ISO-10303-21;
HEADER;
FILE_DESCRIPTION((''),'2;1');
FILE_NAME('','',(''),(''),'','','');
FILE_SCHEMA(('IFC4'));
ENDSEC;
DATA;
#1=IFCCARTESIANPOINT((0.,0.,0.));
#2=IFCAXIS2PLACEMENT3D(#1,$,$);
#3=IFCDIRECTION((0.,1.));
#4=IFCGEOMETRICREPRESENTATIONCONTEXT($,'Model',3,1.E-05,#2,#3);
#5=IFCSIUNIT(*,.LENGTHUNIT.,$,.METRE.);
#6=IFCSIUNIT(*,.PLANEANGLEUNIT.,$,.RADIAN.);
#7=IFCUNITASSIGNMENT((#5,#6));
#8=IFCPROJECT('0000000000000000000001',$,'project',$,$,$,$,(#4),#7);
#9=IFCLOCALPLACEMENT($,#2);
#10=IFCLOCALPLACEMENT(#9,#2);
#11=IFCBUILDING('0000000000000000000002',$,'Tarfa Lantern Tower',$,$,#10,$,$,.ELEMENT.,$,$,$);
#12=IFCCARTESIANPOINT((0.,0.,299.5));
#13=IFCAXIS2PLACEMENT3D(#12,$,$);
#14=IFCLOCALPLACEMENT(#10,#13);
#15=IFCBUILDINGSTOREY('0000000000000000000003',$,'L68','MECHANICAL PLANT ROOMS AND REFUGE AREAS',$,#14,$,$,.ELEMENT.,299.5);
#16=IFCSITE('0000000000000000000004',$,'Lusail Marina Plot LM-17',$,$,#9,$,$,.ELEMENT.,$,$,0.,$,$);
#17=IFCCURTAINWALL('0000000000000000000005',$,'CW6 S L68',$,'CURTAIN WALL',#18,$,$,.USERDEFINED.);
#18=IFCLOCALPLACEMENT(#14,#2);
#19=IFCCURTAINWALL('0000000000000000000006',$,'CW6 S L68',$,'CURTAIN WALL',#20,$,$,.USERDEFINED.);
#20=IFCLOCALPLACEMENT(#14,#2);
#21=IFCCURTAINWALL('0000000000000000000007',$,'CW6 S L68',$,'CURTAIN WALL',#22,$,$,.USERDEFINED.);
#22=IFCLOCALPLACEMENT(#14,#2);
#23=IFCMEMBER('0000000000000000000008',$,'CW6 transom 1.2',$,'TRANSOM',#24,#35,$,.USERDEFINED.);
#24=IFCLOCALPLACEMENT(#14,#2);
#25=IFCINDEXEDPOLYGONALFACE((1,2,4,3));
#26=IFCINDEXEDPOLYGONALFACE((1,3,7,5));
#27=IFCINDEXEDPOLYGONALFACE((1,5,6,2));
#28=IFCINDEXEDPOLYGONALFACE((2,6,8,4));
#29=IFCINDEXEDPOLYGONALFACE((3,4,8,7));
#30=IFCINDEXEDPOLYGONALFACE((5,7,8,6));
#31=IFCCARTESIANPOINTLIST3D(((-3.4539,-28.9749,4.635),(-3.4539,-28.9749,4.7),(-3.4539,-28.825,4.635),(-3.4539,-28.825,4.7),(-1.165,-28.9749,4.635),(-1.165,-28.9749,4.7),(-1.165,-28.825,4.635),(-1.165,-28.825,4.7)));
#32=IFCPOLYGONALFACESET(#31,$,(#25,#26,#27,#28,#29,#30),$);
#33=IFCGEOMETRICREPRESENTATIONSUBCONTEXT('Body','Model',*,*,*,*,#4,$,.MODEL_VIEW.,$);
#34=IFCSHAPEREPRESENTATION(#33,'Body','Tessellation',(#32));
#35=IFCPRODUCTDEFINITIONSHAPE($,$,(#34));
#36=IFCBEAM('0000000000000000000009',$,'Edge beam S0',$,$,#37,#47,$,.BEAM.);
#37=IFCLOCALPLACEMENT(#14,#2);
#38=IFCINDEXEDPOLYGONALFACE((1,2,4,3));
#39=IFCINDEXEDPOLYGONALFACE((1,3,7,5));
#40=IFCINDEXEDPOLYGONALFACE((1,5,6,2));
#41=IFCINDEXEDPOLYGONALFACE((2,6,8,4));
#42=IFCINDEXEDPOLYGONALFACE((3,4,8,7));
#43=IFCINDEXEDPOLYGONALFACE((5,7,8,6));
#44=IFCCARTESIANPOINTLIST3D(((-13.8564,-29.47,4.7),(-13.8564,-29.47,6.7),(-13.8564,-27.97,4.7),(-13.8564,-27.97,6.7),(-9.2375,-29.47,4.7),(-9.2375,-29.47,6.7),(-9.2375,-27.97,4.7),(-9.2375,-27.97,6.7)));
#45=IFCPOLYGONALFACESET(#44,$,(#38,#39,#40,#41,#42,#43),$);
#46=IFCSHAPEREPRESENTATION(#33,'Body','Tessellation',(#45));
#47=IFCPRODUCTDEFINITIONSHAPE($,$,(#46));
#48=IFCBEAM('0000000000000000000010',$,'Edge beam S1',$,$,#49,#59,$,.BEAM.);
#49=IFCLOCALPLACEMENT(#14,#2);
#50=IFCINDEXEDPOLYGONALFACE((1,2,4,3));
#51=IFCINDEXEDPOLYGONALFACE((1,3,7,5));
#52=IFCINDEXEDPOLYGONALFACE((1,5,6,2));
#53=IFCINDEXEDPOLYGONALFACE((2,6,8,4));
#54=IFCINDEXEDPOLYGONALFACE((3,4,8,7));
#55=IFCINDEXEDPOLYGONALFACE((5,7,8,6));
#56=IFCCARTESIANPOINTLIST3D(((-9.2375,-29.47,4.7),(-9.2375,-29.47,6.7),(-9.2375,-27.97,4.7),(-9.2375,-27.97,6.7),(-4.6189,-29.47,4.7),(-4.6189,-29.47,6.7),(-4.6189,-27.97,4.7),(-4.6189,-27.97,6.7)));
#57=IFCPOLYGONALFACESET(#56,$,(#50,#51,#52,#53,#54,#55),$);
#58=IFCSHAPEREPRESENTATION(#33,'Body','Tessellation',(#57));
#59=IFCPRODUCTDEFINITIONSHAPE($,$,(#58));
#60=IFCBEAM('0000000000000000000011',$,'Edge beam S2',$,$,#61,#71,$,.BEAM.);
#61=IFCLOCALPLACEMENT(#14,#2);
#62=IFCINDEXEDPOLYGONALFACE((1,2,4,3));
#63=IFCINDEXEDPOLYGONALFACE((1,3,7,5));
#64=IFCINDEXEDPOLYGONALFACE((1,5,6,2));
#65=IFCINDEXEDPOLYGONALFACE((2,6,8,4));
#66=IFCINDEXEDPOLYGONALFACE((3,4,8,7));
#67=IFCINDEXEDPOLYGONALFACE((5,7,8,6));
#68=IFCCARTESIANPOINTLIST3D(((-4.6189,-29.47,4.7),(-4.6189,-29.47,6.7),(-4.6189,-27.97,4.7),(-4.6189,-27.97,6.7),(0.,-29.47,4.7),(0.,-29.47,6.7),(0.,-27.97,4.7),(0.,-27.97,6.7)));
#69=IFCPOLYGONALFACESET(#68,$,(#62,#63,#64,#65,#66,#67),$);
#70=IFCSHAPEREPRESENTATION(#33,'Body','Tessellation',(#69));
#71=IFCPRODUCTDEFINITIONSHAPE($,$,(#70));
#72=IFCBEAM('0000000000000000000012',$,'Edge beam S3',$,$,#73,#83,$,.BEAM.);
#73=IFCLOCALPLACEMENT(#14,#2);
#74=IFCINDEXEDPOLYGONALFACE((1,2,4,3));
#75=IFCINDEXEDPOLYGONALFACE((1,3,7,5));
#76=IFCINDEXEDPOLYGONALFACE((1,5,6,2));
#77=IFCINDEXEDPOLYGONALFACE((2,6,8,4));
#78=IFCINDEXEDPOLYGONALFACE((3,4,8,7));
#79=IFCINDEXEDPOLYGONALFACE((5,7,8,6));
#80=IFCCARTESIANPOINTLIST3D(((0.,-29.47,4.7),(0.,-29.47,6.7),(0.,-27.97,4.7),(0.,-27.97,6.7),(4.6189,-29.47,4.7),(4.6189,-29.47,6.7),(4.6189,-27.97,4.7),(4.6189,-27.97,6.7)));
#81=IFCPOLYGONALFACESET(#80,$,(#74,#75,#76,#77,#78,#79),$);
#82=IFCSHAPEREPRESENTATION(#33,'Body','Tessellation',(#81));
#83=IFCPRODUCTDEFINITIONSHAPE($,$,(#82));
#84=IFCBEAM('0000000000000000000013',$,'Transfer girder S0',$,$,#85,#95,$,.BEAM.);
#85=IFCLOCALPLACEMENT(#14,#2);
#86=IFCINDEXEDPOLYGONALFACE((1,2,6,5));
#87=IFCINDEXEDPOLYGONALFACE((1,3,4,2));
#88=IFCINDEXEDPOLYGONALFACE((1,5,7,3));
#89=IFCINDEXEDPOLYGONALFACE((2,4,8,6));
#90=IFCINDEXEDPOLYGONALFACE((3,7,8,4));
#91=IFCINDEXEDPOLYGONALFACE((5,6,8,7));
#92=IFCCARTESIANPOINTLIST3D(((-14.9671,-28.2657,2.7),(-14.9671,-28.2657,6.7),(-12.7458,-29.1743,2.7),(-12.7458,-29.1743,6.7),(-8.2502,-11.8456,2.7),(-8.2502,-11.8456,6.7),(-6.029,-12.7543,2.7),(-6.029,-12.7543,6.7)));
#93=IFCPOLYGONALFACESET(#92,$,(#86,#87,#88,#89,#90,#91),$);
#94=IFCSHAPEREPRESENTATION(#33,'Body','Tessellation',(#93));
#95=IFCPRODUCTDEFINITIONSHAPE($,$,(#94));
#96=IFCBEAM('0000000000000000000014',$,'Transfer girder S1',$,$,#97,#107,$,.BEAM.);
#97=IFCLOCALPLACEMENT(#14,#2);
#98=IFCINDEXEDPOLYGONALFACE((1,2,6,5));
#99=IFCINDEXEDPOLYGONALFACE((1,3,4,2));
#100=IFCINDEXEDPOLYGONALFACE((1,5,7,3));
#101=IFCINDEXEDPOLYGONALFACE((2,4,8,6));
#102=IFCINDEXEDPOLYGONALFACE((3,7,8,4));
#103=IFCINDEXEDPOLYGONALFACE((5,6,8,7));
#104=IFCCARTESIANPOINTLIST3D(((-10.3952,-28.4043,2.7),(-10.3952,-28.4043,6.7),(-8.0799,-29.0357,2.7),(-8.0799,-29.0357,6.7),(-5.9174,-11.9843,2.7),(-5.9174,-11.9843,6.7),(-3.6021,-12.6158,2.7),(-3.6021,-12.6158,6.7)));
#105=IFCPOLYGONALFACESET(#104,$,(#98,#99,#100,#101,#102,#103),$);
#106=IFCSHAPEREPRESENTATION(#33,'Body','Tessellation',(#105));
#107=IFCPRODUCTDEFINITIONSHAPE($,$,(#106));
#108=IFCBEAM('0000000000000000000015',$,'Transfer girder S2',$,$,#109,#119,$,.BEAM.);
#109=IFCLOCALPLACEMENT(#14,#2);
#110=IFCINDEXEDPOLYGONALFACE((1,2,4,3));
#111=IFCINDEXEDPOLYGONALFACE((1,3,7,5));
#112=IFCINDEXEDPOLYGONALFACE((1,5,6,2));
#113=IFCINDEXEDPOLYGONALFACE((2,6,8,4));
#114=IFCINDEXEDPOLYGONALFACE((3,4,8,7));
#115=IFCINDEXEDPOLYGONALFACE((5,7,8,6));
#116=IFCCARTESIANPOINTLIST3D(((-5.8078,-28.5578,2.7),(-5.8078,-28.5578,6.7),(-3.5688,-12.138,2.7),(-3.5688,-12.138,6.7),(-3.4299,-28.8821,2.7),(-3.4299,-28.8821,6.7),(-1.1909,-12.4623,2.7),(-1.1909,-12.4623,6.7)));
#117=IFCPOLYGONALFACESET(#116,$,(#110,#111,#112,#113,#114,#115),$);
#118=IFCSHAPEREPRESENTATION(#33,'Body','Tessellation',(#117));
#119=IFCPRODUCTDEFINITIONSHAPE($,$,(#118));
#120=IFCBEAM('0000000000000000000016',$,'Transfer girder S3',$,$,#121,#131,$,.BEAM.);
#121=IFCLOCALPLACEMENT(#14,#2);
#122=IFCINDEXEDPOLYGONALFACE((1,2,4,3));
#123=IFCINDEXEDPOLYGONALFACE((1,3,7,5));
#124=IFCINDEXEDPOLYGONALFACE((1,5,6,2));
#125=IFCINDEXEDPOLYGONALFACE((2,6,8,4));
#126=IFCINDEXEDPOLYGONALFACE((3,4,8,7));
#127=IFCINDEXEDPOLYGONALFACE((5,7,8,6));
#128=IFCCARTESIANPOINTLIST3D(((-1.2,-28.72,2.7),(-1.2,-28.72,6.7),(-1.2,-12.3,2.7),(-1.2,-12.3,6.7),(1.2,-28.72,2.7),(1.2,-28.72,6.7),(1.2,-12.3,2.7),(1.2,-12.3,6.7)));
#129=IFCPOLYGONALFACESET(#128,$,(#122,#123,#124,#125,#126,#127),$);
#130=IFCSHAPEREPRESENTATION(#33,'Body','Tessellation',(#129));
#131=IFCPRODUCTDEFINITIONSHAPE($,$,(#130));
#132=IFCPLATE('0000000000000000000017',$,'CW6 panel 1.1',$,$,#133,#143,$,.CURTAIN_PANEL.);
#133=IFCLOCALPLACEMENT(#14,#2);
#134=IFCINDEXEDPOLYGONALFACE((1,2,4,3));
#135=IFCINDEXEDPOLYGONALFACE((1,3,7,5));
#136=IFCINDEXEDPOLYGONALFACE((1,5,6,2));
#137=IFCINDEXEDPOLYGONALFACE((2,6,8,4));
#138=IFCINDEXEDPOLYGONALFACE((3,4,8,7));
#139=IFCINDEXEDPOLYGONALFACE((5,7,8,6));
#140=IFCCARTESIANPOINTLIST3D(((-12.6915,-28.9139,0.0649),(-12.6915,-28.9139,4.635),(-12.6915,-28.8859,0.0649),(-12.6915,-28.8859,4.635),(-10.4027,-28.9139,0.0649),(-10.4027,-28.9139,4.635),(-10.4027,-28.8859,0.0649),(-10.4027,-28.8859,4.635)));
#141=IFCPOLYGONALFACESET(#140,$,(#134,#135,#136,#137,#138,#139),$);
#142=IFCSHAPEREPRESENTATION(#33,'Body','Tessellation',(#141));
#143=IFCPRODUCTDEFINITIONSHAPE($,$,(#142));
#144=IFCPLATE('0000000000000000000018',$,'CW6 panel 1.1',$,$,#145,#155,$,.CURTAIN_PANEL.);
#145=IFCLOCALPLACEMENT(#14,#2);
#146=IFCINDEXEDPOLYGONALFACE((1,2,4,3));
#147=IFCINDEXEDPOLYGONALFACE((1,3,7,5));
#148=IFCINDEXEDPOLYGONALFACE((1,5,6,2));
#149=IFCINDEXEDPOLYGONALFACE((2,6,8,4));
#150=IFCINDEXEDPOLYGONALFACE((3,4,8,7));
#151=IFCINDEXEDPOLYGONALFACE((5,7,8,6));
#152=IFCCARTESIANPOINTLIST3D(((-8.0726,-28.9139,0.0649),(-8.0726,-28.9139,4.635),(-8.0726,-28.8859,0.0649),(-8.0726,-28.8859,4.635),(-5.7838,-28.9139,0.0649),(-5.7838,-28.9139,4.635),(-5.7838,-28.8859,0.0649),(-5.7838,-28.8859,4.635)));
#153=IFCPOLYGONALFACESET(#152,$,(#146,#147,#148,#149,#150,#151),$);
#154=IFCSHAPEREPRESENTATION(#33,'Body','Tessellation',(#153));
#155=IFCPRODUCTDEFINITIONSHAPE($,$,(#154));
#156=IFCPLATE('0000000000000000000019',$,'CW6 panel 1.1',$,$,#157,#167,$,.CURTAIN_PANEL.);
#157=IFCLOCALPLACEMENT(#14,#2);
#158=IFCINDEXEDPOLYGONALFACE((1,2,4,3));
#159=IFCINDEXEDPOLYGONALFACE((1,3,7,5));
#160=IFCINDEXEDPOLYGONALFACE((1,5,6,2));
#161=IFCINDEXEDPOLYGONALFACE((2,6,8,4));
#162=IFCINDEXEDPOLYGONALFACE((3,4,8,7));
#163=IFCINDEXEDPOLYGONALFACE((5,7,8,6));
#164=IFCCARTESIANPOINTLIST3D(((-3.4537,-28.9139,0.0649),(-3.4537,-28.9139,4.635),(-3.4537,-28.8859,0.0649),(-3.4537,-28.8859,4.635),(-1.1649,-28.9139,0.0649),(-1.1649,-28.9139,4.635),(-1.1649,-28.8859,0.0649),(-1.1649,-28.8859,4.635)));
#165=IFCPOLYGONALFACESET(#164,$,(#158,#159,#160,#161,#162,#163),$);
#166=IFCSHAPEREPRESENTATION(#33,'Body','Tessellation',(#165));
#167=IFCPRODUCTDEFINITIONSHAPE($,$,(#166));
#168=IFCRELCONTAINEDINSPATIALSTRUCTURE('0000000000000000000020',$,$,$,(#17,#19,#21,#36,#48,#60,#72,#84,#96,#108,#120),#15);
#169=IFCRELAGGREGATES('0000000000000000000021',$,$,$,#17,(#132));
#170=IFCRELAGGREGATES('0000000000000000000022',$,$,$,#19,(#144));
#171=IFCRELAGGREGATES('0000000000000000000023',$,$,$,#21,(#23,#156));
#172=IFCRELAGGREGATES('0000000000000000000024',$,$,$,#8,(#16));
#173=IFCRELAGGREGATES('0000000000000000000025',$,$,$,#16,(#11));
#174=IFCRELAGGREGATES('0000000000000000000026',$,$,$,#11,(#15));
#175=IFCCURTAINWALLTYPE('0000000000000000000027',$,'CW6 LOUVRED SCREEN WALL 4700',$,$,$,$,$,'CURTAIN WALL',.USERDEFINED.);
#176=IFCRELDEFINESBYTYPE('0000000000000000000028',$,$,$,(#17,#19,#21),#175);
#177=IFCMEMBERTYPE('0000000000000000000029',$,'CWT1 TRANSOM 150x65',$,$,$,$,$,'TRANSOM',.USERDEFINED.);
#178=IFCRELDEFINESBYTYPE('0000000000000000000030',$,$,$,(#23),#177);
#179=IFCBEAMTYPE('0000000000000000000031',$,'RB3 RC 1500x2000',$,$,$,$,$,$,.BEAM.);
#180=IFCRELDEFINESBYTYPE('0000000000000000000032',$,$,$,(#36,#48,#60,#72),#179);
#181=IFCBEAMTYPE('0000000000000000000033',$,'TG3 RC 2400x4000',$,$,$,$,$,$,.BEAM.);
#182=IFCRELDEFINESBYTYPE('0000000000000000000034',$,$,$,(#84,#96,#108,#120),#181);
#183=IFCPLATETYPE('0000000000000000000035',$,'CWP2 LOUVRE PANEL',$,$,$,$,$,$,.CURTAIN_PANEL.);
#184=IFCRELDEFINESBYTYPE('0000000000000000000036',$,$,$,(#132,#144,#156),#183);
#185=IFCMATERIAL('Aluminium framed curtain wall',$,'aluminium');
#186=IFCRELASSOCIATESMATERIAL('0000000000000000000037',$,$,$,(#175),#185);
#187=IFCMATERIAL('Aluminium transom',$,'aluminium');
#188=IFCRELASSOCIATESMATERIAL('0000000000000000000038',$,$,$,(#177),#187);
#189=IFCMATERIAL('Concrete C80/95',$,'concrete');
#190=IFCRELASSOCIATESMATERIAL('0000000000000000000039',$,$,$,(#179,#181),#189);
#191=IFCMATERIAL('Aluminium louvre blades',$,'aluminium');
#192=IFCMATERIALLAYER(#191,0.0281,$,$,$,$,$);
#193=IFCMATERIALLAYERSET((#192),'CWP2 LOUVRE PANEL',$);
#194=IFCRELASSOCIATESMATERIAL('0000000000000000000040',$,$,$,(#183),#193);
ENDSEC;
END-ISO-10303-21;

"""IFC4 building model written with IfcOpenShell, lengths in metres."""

from ifc_helpers import new_model, si_unit, direction, frame, origin, origin_2d, place, context, subcontext, project, spatial, rectangle, extrude, material, layer, layer_set, material_profile, profile_set, type_object, element, aggregate, save


model = new_model("IFC4")

# Units and contexts
model_context = context("Model", 3, precision=1e-05, world=origin(), true_north=direction((0.0, 1.0)))
body_context = subcontext(model_context, "Body", "Model", "MODEL_VIEW")
ifc_project = project(units=[si_unit("LENGTHUNIT", "METRE"), si_unit("PLANEANGLEUNIT", "RADIAN")], contexts=[model_context])

# Site, building, storey
site_placement = place(None, origin())
site = spatial("IfcSite", under=ifc_project, at=site_placement, Name="Lusail Marina Plot LM-17", CompositionType="ELEMENT", RefElevation=0.0)
building_placement = place(site_placement, origin())
building = spatial("IfcBuilding", under=site, at=building_placement, Name="Tarfa Lantern Tower", CompositionType="ELEMENT")
storey_placement = place(building_placement, frame((0.0, 0.0, 299.5)))
storey = spatial("IfcBuildingStorey", under=building, at=storey_placement, Name="L68", Description="MECHANICAL PLANT ROOMS AND REFUGE AREAS", CompositionType="ELEMENT", Elevation=299.5)

# Shared definitions
ifc_material_1 = material(Name="Concrete C80/95", Category="concrete")

# Curtain walls
ifc_material_2 = material(Name="Aluminium framed curtain wall", Category="aluminium")
curtain_wall_type = type_object("IfcCurtainWallType", Name="CW6 LOUVRED SCREEN WALL 4700", ElementType="CURTAIN WALL", PredefinedType="USERDEFINED", material=ifc_material_2)
curtain_wall_1_placement = place(storey_placement, origin())
curtain_wall_1 = element("IfcCurtainWall", 1, at=curtain_wall_1_placement, inside=storey, type_object=curtain_wall_type, Name="CW6 S L68", ObjectType="CURTAIN WALL", PredefinedType="USERDEFINED")
curtain_wall_2_placement = place(storey_placement, origin())
curtain_wall_2 = element("IfcCurtainWall", 2, at=curtain_wall_2_placement, inside=storey, type_object=curtain_wall_type, Name="CW6 S L68", ObjectType="CURTAIN WALL", PredefinedType="USERDEFINED")
curtain_wall_3_placement = place(storey_placement, origin())
curtain_wall_3 = element("IfcCurtainWall", 3, at=curtain_wall_3_placement, inside=storey, type_object=curtain_wall_type, Name="CW6 S L68", ObjectType="CURTAIN WALL", PredefinedType="USERDEFINED")

# Member
ifc_material_3 = material(Name="Aluminium transom", Category="aluminium")
ifc_material_profile_1 = material_profile(ifc_material_3, rectangle(XDim=0.1499, YDim=0.0649, at=origin_2d()), Name="AL TRANSOM 150x65")
ifc_profile_set_1 = profile_set([ifc_material_profile_1], Name="Aluminium transom")
member_type_1 = type_object("IfcMemberType", Name="CWT1 TRANSOM 150x65", ElementType="TRANSOM", PredefinedType="USERDEFINED", material=ifc_profile_set_1)
member_1_placement = place(storey_placement, frame((-3.4539, -28.8999, 4.6675), z_axis=(1.0, 0.0, 0.0), x_axis=(0.0, 1.0, 0.0)))
member_1 = element("IfcMember", 4, at=member_1_placement, type_object=member_type_1, Name="CW6 transom 1.2", ObjectType="TRANSOM", PredefinedType="USERDEFINED", context=body_context, shape_type="SweptSolid", body=[
    extrude(rectangle(XDim=0.1499, YDim=0.0649, at=origin_2d()), origin(), (0.0, 0.0, 1.0), 2.2888),
])

# Beams
ifc_material_profile_2 = material_profile(ifc_material_1, rectangle(XDim=1.5, YDim=2.0, at=origin_2d()), Name="RC 1500x2000")
ifc_profile_set_2 = profile_set([ifc_material_profile_2], Name="Concrete C80/95")
beam_type_1 = type_object("IfcBeamType", Name="RB3 RC 1500x2000", PredefinedType="BEAM", material=ifc_profile_set_2)
beam_1_placement = place(storey_placement, frame((-13.8564, -28.72, 5.7), z_axis=(1.0, 0.0, 0.0), x_axis=(0.0, 1.0, 0.0)))
element("IfcBeam", 5, at=beam_1_placement, inside=storey, type_object=beam_type_1, Name="Edge beam S0", PredefinedType="BEAM", context=body_context, shape_type="SweptSolid", body=[
    extrude(rectangle(XDim=1.5, YDim=2.0, at=origin_2d()), origin(), (0.0, 0.0, 1.0), 4.6189),
])
beam_2_placement = place(storey_placement, frame((-9.2375, -28.72, 5.7), z_axis=(1.0, 0.0, 0.0), x_axis=(0.0, 1.0, 0.0)))
element("IfcBeam", 6, at=beam_2_placement, inside=storey, type_object=beam_type_1, Name="Edge beam S1", PredefinedType="BEAM", context=body_context, shape_type="SweptSolid", body=[
    extrude(rectangle(XDim=1.5, YDim=2.0, at=origin_2d()), origin(), (0.0, 0.0, 1.0), 4.6187),
])
for number, where, z_axis, x_axis, name in (
    (7, (-4.6189, -28.72, 5.7), (1.0, 0.0, 0.0), (0.0, 1.0, 0.0), "Edge beam S2"),
    (8, (0.0, -28.72, 5.7), (1.0, 0.0, 0.0), (0.0, 1.0, 0.0), "Edge beam S3"),
):
    element("IfcBeam", number, at=place(storey_placement, frame(where, z_axis=z_axis, x_axis=x_axis)), inside=storey, type_object=beam_type_1, Name=name, PredefinedType="BEAM", context=body_context, shape_type="SweptSolid", body=[
        extrude(rectangle(XDim=1.5, YDim=2.0, at=origin_2d()), origin(), (0.0, 0.0, 1.0), 4.6189),
    ])
ifc_material_profile_3 = material_profile(ifc_material_1, rectangle(XDim=2.3999, YDim=4.0, at=origin_2d()), Name="RC 2400x4000")
ifc_profile_set_3 = profile_set([ifc_material_profile_3], Name="Concrete C80/95")
beam_type_2 = type_object("IfcBeamType", Name="TG3 RC 2400x4000", PredefinedType="BEAM", material=ifc_profile_set_3)
beam_3_placement = place(storey_placement, frame((-13.8564, -28.72, 4.7), z_axis=(0.378611, 0.925556, 0.0), x_axis=(-0.925556, 0.378611, 0.0)))
element("IfcBeam", 9, at=beam_3_placement, inside=storey, type_object=beam_type_2, Name="Transfer girder S0", PredefinedType="BEAM", context=body_context, shape_type="SweptSolid", body=[
    extrude(rectangle(XDim=2.3999, YDim=4.0, at=origin_2d()), origin(), (0.0, 0.0, 1.0), 17.7407),
])
beam_4_placement = place(storey_placement, frame((-9.2375, -28.72, 4.7), z_axis=(0.263097, 0.964769, 0.0), x_axis=(-0.964769, 0.263097, 0.0)))
element("IfcBeam", 10, at=beam_4_placement, inside=storey, type_object=beam_type_2, Name="Transfer girder S1", PredefinedType="BEAM", context=body_context, shape_type="SweptSolid", body=[
    extrude(rectangle(XDim=2.3999, YDim=4.0, at=origin_2d()), origin(), (0.0, 0.0, 1.0), 17.0195),
])
beam_5_placement = place(storey_placement, frame((-4.6189, -28.72, 4.7), z_axis=(0.135109, 0.990831, 0.0), x_axis=(-0.990831, 0.135109, 0.0)))
element("IfcBeam", 11, at=beam_5_placement, inside=storey, type_object=beam_type_2, Name="Transfer girder S2", PredefinedType="BEAM", context=body_context, shape_type="SweptSolid", body=[
    extrude(rectangle(XDim=2.3999, YDim=4.0, at=origin_2d()), origin(), (0.0, 0.0, 1.0), 16.5718),
])
beam_6_placement = place(storey_placement, frame((0.0, -28.72, 4.7), z_axis=(0.0, 1.0, 0.0), x_axis=(-1.0, 0.0, 0.0)))
element("IfcBeam", 12, at=beam_6_placement, inside=storey, type_object=beam_type_2, Name="Transfer girder S3", PredefinedType="BEAM", context=body_context, shape_type="SweptSolid", body=[
    extrude(rectangle(XDim=2.3999, YDim=4.0, at=origin_2d()), origin(), (0.0, 0.0, 1.0), 16.4199),
])

# Plates
ifc_material_4 = material(Name="Aluminium louvre blades", Category="aluminium")
ifc_layer = layer(ifc_material_4, 0.0281)
ifc_layer_set = layer_set([ifc_layer], Name="CWP2 LOUVRE PANEL")
plate_type = type_object("IfcPlateType", Name="CWP2 LOUVRE PANEL", PredefinedType="CURTAIN_PANEL", material=ifc_layer_set)
plate_1_placement = place(storey_placement, frame((-11.5471, -28.8999, 0.0649), z_axis=(0.0, 0.0, 1.0), x_axis=(1.0, 0.0, 0.0)))
plate_1 = element("IfcPlate", 13, at=plate_1_placement, type_object=plate_type, Name="CW6 panel 1.1", PredefinedType="CURTAIN_PANEL", context=body_context, shape_type="SweptSolid", body=[
    extrude(rectangle(XDim=2.2888, YDim=0.0281, at=origin_2d()), origin(), (0.0, 0.0, 1.0), 4.5701),
])
aggregate(curtain_wall_1, [plate_1])
plate_2_placement = place(storey_placement, frame((-6.9282, -28.8999, 0.0649), z_axis=(0.0, 0.0, 1.0), x_axis=(1.0, 0.0, 0.0)))
plate_2 = element("IfcPlate", 14, at=plate_2_placement, type_object=plate_type, Name="CW6 panel 1.1", PredefinedType="CURTAIN_PANEL", context=body_context, shape_type="SweptSolid", body=[
    extrude(rectangle(XDim=2.2888, YDim=0.0281, at=origin_2d()), origin(), (0.0, 0.0, 1.0), 4.5701),
])
aggregate(curtain_wall_2, [plate_2])
plate_3_placement = place(storey_placement, frame((-2.3093, -28.8999, 0.0649), z_axis=(0.0, 0.0, 1.0), x_axis=(1.0, 0.0, 0.0)))
plate_3 = element("IfcPlate", 15, at=plate_3_placement, type_object=plate_type, Name="CW6 panel 1.1", PredefinedType="CURTAIN_PANEL", context=body_context, shape_type="SweptSolid", body=[
    extrude(rectangle(XDim=2.2888, YDim=0.0281, at=origin_2d()), origin(), (0.0, 0.0, 1.0), 4.5701),
])
aggregate(curtain_wall_3, [member_1, plate_3])

save(model, "model.ifc")
